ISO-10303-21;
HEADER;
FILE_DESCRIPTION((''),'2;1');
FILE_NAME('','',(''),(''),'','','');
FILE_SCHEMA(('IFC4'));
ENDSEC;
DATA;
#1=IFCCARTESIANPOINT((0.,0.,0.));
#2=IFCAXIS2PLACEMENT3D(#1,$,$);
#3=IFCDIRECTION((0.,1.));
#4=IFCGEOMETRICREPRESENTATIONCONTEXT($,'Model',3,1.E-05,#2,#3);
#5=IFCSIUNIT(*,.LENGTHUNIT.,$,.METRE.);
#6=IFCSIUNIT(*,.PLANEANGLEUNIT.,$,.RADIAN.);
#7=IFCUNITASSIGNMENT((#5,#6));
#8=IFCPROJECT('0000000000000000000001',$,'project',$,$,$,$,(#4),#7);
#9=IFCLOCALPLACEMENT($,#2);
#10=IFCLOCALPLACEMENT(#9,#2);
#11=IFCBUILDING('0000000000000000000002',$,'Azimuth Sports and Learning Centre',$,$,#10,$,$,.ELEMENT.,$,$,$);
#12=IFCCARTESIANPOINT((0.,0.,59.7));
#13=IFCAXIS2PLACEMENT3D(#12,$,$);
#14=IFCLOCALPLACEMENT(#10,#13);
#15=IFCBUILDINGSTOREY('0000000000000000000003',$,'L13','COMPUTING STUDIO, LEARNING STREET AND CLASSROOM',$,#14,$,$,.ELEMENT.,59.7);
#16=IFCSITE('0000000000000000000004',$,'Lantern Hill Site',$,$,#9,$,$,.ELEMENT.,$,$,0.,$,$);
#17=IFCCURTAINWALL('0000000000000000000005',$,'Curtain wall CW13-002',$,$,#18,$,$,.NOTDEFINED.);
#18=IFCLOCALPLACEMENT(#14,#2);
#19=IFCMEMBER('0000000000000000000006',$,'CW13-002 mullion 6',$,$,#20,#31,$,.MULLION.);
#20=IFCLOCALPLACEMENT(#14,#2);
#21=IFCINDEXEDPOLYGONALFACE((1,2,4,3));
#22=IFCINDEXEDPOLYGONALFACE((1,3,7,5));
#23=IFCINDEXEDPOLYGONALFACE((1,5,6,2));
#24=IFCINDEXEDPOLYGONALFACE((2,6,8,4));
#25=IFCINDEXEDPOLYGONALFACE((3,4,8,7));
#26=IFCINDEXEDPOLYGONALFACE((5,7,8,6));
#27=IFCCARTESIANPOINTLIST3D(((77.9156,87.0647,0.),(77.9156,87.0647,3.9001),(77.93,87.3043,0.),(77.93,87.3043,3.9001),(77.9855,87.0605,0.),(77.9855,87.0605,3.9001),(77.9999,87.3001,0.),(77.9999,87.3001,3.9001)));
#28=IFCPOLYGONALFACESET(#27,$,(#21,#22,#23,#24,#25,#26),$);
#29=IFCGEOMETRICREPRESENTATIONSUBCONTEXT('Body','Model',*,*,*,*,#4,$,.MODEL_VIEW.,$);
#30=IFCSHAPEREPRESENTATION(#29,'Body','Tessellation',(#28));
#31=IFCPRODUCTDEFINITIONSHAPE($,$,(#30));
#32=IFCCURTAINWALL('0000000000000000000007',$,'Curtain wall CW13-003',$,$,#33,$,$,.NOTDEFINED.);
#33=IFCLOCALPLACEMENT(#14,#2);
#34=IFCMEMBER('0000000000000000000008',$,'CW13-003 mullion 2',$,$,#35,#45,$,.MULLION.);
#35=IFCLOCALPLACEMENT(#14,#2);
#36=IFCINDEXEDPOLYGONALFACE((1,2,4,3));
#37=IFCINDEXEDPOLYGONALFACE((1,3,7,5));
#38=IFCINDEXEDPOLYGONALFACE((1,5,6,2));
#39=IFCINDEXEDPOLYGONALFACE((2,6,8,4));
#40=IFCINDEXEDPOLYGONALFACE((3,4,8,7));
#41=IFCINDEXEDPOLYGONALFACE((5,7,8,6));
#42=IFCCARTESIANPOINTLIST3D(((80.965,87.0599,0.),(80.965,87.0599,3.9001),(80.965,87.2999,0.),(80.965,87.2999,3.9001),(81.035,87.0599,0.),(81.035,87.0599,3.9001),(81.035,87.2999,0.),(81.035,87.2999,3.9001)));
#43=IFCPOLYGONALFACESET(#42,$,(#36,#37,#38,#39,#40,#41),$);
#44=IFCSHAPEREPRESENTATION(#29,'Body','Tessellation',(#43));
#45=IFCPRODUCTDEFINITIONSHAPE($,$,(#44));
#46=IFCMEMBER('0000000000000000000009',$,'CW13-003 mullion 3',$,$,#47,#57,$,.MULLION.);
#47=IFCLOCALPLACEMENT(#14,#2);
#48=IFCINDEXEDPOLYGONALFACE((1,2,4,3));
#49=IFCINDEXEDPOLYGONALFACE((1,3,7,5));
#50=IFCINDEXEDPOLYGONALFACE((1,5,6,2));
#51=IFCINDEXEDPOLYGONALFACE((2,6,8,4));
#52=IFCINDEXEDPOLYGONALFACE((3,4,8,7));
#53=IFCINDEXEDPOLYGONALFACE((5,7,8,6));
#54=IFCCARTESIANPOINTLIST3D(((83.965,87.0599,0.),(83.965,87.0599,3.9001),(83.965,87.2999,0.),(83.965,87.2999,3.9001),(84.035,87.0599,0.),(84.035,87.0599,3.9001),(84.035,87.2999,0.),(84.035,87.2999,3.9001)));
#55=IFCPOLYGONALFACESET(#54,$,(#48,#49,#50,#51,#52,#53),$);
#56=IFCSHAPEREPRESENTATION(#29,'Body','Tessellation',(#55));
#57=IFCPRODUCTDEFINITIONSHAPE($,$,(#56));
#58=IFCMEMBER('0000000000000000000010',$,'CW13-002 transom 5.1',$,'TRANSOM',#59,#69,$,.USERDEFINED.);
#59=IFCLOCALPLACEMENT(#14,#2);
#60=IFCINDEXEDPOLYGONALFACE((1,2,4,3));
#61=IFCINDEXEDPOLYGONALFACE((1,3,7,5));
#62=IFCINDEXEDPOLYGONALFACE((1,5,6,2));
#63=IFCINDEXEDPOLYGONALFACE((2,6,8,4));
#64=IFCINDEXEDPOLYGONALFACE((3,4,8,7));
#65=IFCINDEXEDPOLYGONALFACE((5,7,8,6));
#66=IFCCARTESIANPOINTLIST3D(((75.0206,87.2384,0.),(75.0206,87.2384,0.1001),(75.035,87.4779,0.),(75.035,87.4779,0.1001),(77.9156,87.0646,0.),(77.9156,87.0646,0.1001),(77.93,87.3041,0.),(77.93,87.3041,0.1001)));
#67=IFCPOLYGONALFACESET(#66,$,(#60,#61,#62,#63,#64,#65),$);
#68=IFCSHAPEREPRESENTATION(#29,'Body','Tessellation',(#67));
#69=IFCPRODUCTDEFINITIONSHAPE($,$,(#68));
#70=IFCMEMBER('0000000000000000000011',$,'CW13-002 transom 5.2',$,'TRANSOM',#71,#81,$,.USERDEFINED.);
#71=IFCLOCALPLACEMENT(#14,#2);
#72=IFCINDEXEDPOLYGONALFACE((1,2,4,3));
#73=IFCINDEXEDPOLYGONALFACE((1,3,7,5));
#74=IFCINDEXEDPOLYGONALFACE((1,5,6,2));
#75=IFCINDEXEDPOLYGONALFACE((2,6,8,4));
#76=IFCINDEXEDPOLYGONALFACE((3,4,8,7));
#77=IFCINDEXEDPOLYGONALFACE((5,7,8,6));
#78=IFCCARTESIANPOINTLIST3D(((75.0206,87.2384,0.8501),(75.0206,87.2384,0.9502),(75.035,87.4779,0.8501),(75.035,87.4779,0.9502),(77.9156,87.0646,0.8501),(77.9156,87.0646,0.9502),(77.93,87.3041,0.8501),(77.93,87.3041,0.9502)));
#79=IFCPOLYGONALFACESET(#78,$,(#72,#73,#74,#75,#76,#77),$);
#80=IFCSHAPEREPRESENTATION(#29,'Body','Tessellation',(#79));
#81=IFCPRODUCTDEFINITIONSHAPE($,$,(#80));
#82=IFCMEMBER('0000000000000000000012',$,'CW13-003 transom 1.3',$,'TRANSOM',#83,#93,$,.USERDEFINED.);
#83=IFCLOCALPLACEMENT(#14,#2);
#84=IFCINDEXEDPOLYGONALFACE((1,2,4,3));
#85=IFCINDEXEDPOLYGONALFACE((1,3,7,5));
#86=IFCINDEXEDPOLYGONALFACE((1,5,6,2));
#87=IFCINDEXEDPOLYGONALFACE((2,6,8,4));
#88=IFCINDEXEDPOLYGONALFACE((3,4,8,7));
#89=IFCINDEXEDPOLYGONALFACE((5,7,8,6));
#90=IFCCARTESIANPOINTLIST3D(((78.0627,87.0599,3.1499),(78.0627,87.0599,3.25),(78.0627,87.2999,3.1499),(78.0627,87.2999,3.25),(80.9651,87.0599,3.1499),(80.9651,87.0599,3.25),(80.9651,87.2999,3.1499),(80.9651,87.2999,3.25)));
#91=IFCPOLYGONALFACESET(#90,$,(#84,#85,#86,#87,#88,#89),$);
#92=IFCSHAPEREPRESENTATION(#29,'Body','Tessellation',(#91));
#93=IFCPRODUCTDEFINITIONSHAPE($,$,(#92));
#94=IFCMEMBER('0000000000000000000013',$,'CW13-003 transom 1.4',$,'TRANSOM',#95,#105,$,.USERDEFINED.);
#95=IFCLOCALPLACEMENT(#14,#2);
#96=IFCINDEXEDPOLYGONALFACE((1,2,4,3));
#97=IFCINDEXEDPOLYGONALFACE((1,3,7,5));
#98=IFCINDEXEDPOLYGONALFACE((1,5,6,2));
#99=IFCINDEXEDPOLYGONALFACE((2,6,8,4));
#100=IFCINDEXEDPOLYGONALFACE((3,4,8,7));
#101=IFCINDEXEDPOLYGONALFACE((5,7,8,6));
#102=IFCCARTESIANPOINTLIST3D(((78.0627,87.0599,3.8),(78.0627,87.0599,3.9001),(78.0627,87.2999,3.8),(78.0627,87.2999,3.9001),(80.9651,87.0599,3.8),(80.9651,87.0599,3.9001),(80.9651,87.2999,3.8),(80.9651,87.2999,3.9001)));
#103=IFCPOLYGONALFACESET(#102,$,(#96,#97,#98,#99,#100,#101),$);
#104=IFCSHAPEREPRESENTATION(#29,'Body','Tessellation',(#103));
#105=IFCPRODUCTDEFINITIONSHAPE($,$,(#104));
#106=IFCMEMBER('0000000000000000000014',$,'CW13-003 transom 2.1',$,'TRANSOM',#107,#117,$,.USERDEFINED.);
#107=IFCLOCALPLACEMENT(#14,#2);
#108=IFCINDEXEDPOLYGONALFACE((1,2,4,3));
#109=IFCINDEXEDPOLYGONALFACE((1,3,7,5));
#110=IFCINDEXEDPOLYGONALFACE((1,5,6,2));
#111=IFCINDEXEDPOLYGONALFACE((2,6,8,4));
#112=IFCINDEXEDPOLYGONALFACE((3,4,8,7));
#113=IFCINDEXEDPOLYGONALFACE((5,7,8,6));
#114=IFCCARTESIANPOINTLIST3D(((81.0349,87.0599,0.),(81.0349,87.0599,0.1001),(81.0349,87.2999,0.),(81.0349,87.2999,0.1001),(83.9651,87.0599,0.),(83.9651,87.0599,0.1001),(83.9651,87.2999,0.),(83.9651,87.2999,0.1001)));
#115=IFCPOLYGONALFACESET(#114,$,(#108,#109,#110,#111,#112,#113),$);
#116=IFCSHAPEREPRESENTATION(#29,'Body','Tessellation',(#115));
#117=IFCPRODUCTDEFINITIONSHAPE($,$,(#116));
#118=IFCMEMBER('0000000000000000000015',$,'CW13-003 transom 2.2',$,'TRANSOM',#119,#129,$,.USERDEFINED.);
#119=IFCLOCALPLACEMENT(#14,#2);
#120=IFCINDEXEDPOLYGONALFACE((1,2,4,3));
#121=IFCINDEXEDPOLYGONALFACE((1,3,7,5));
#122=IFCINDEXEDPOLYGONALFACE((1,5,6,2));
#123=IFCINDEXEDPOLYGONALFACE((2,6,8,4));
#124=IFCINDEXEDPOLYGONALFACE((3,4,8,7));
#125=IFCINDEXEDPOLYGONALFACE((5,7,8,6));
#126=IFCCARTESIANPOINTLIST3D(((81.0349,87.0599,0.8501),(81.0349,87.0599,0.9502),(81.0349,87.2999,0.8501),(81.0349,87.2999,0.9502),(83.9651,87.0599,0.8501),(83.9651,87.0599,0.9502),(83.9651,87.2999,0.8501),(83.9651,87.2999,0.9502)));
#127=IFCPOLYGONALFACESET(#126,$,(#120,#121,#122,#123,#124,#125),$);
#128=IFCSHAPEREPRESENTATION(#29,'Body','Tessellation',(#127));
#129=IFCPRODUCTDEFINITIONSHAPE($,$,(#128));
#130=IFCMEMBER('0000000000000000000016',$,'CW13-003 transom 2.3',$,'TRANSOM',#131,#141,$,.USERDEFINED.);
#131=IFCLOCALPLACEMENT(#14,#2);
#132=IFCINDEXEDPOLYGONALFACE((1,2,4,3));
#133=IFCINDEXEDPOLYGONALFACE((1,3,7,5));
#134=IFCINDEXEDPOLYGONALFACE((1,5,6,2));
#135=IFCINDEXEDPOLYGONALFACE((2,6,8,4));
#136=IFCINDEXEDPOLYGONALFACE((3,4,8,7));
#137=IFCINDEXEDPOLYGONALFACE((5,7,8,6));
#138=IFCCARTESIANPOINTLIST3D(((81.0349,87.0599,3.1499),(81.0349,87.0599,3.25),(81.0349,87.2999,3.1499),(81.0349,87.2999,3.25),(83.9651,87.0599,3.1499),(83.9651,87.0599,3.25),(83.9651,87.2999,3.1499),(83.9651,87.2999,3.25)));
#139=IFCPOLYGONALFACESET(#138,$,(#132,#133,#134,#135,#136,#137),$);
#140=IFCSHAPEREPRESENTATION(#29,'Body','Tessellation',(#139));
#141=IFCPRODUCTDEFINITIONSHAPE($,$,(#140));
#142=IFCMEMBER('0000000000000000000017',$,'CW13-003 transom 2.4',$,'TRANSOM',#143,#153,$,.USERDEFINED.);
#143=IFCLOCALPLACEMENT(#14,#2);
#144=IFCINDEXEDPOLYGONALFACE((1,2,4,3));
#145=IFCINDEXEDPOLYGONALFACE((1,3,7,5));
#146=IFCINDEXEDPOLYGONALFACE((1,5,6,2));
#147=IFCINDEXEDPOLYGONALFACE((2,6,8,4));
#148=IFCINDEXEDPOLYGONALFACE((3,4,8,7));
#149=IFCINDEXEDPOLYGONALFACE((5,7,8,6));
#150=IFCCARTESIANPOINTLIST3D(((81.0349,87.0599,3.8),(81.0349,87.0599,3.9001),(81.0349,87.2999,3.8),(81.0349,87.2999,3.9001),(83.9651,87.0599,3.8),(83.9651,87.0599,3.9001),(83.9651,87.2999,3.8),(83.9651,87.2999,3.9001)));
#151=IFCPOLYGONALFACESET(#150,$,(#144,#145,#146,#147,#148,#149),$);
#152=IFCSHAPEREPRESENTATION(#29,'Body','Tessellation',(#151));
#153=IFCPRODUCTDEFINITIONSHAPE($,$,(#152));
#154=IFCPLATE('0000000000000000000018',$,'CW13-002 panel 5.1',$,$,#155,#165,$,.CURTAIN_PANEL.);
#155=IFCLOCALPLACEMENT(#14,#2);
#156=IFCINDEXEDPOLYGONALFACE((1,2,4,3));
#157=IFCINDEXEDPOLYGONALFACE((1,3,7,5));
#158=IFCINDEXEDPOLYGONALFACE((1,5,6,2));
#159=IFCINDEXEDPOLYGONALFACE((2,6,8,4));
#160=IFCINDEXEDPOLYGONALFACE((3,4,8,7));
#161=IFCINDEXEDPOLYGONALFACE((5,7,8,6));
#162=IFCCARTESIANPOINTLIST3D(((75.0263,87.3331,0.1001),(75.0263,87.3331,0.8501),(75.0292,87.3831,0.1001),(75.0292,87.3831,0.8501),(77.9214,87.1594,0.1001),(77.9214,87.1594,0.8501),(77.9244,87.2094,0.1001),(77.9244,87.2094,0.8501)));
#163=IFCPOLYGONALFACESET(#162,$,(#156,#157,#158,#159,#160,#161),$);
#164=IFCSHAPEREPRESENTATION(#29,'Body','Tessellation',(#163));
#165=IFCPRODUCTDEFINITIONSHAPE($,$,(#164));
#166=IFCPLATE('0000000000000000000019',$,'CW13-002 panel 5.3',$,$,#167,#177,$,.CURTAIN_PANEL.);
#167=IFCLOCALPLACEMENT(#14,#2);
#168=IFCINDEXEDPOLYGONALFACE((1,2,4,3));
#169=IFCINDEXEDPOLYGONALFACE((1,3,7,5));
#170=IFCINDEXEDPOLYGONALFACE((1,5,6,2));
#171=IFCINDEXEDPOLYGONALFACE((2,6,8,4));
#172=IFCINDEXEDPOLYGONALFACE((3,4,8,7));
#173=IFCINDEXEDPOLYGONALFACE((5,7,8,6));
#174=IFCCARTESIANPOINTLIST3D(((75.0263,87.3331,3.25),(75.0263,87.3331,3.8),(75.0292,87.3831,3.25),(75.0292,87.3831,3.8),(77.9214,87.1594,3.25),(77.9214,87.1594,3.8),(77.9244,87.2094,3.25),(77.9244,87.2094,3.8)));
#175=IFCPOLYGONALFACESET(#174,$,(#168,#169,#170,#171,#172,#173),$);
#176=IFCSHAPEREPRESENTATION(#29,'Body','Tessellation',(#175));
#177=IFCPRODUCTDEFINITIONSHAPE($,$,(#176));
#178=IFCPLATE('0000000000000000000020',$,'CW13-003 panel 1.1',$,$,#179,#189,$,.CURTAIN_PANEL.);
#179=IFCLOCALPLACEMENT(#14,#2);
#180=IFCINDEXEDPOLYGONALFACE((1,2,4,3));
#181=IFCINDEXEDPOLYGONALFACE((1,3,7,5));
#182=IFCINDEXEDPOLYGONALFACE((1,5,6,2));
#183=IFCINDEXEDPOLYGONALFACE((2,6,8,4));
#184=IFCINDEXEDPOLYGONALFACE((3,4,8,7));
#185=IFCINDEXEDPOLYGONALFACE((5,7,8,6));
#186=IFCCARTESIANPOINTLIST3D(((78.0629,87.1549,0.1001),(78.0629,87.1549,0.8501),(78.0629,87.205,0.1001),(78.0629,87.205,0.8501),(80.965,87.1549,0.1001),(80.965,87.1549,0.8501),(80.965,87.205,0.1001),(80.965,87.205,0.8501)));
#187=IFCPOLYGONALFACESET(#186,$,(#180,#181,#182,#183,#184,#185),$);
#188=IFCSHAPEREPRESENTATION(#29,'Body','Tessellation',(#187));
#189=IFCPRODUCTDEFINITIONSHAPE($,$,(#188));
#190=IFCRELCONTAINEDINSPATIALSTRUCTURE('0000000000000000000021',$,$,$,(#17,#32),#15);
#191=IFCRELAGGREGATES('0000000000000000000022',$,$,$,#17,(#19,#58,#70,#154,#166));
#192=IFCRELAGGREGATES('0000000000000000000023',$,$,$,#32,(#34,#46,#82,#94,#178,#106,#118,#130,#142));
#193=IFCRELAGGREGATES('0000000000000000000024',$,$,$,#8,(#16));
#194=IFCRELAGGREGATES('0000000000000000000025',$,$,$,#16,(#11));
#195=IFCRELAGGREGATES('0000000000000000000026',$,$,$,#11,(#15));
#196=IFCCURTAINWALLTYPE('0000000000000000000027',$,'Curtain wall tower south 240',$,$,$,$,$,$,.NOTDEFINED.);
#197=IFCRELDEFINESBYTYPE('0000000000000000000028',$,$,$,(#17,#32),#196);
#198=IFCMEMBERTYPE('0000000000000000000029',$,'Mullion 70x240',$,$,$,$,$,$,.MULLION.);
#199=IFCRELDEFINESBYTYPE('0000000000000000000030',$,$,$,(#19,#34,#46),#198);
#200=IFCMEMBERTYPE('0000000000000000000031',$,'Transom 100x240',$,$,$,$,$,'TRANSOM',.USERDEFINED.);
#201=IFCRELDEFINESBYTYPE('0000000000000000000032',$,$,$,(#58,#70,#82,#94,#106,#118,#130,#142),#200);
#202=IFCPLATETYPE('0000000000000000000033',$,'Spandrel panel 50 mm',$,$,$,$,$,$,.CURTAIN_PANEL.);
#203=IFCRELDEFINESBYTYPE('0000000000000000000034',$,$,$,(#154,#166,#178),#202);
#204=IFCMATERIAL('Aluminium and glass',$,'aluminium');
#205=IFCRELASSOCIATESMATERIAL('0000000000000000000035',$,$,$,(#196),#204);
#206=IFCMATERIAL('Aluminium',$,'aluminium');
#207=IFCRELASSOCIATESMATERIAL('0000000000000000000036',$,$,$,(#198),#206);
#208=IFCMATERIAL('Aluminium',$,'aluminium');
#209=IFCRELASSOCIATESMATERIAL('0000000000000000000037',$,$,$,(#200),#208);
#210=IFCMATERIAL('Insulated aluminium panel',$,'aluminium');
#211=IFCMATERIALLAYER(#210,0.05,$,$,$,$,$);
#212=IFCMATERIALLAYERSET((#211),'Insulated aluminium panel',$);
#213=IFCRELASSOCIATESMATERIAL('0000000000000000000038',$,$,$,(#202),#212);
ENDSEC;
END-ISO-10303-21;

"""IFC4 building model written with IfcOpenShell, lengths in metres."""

from ifc_helpers import new_model, si_unit, direction, frame, origin, origin_2d, place, context, subcontext, project, spatial, rectangle, extrude, material, layer, layer_set, material_profile, profile_set, type_object, element, aggregate, save


model = new_model("IFC4")

# Units and contexts
model_context = context("Model", 3, precision=1e-05, world=origin(), true_north=direction((0.0, 1.0)))
body_context = subcontext(model_context, "Body", "Model", "MODEL_VIEW")
ifc_project = project(units=[si_unit("LENGTHUNIT", "METRE"), si_unit("PLANEANGLEUNIT", "RADIAN")], contexts=[model_context])

# Site, building, storey
site_placement = place(None, origin())
site = spatial("IfcSite", under=ifc_project, at=site_placement, Name="Lantern Hill Site", CompositionType="ELEMENT", RefElevation=0.0)
building_placement = place(site_placement, origin())
building = spatial("IfcBuilding", under=site, at=building_placement, Name="Azimuth Sports and Learning Centre", CompositionType="ELEMENT")
storey_placement = place(building_placement, frame((0.0, 0.0, 59.7)))
storey = spatial("IfcBuildingStorey", under=building, at=storey_placement, Name="L13", Description="COMPUTING STUDIO, LEARNING STREET AND CLASSROOM", CompositionType="ELEMENT", Elevation=59.7)

# Curtain wall, member
ifc_material_1 = material(Name="Aluminium and glass", Category="aluminium")
curtain_wall_type = type_object("IfcCurtainWallType", Name="Curtain wall tower south 240", PredefinedType="NOTDEFINED", material=ifc_material_1)
curtain_wall_1_placement = place(storey_placement, origin())
curtain_wall_1 = element("IfcCurtainWall", 1, at=curtain_wall_1_placement, inside=storey, type_object=curtain_wall_type, Name="Curtain wall CW13-002", PredefinedType="NOTDEFINED")
ifc_material_2 = material(Name="Aluminium", Category="aluminium")
ifc_material_profile_1 = material_profile(ifc_material_2, rectangle(XDim=0.24, YDim=0.0701, at=origin_2d()), Name="Mullion 70x240")
ifc_profile_set_1 = profile_set([ifc_material_profile_1], Name="Aluminium")
member_type_1 = type_object("IfcMemberType", Name="Mullion 70x240", PredefinedType="MULLION", material=ifc_profile_set_1)
member_1_placement = place(storey_placement, frame((77.9578, 87.1824, 0.0), z_axis=(0.0, 0.0, 1.0), x_axis=(0.059892, 0.998205, 0.0)))
member_1 = element("IfcMember", 2, at=member_1_placement, type_object=member_type_1, Name="CW13-002 mullion 6", PredefinedType="MULLION", context=body_context, shape_type="SweptSolid", body=[
    extrude(rectangle(XDim=0.24, YDim=0.0701, at=origin_2d()), origin(), (0.0, 0.0, 1.0), 3.9001),
])

# Curtain wall, members
curtain_wall_2_placement = place(storey_placement, origin())
curtain_wall_2 = element("IfcCurtainWall", 3, at=curtain_wall_2_placement, inside=storey, type_object=curtain_wall_type, Name="Curtain wall CW13-003", PredefinedType="NOTDEFINED")
member_2_placement = place(storey_placement, frame((81.0, 87.1799, 0.0), z_axis=(0.0, 0.0, 1.0), x_axis=(0.0, 1.0, 0.0)))
member_2 = element("IfcMember", 4, at=member_2_placement, type_object=member_type_1, Name="CW13-003 mullion 2", PredefinedType="MULLION", context=body_context, shape_type="SweptSolid", body=[
    extrude(rectangle(XDim=0.24, YDim=0.0701, at=origin_2d()), origin(), (0.0, 0.0, 1.0), 3.9001),
])
member_3_placement = place(storey_placement, frame((84.0, 87.1799, 0.0), z_axis=(0.0, 0.0, 1.0), x_axis=(0.0, 1.0, 0.0)))
member_3 = element("IfcMember", 5, at=member_3_placement, type_object=member_type_1, Name="CW13-003 mullion 3", PredefinedType="MULLION", context=body_context, shape_type="SweptSolid", body=[
    extrude(rectangle(XDim=0.24, YDim=0.0701, at=origin_2d()), origin(), (0.0, 0.0, 1.0), 3.9001),
])

# Members
ifc_material_3 = material(Name="Aluminium", Category="aluminium")
ifc_material_profile_2 = material_profile(ifc_material_3, rectangle(XDim=0.24, YDim=0.1001, at=origin_2d()), Name="Transom 100x240")
ifc_profile_set_2 = profile_set([ifc_material_profile_2], Name="Aluminium")
member_type_2 = type_object("IfcMemberType", Name="Transom 100x240", ElementType="TRANSOM", PredefinedType="USERDEFINED", material=ifc_profile_set_2)
member_4_placement = place(storey_placement, frame((75.0278, 87.3582, 0.05), z_axis=(0.998202, -0.059936, 0.0), x_axis=(0.059936, 0.998202, 0.0)))
member_4 = element("IfcMember", 6, at=member_4_placement, type_object=member_type_2, Name="CW13-002 transom 5.1", ObjectType="TRANSOM", PredefinedType="USERDEFINED", context=body_context, shape_type="SweptSolid", body=[
    extrude(rectangle(XDim=0.24, YDim=0.1001, at=origin_2d()), origin(), (0.0, 0.0, 1.0), 2.9001),
])
member_5_placement = place(storey_placement, frame((75.0278, 87.3582, 0.9001), z_axis=(0.998202, -0.059936, 0.0), x_axis=(0.059936, 0.998202, 0.0)))
member_5 = element("IfcMember", 7, at=member_5_placement, type_object=member_type_2, Name="CW13-002 transom 5.2", ObjectType="TRANSOM", PredefinedType="USERDEFINED", context=body_context, shape_type="SweptSolid", body=[
    extrude(rectangle(XDim=0.24, YDim=0.1001, at=origin_2d()), origin(), (0.0, 0.0, 1.0), 2.9001),
])
member_6_placement = place(storey_placement, frame((78.0627, 87.1799, 3.2), z_axis=(1.0, 0.0, 0.0), x_axis=(0.0, 1.0, 0.0)))
member_6 = element("IfcMember", 8, at=member_6_placement, type_object=member_type_2, Name="CW13-003 transom 1.3", ObjectType="TRANSOM", PredefinedType="USERDEFINED", context=body_context, shape_type="SweptSolid", body=[
    extrude(rectangle(XDim=0.24, YDim=0.1001, at=origin_2d()), origin(), (0.0, 0.0, 1.0), 2.9023),
])
member_7_placement = place(storey_placement, frame((78.0627, 87.1799, 3.8501), z_axis=(1.0, 0.0, 0.0), x_axis=(0.0, 1.0, 0.0)))
member_7 = element("IfcMember", 9, at=member_7_placement, type_object=member_type_2, Name="CW13-003 transom 1.4", ObjectType="TRANSOM", PredefinedType="USERDEFINED", context=body_context, shape_type="SweptSolid", body=[
    extrude(rectangle(XDim=0.24, YDim=0.1001, at=origin_2d()), origin(), (0.0, 0.0, 1.0), 2.9023),
])
member_8_placement = place(storey_placement, frame((81.0349, 87.1799, 0.05), z_axis=(1.0, 0.0, 0.0), x_axis=(0.0, 1.0, 0.0)))
member_8 = element("IfcMember", 10, at=member_8_placement, type_object=member_type_2, Name="CW13-003 transom 2.1", ObjectType="TRANSOM", PredefinedType="USERDEFINED", context=body_context, shape_type="SweptSolid", body=[
    extrude(rectangle(XDim=0.24, YDim=0.1001, at=origin_2d()), origin(), (0.0, 0.0, 1.0), 2.9302),
])
member_9_placement = place(storey_placement, frame((81.0349, 87.1799, 0.9001), z_axis=(1.0, 0.0, 0.0), x_axis=(0.0, 1.0, 0.0)))
member_9 = element("IfcMember", 11, at=member_9_placement, type_object=member_type_2, Name="CW13-003 transom 2.2", ObjectType="TRANSOM", PredefinedType="USERDEFINED", context=body_context, shape_type="SweptSolid", body=[
    extrude(rectangle(XDim=0.24, YDim=0.1001, at=origin_2d()), origin(), (0.0, 0.0, 1.0), 2.9302),
])
member_10_placement = place(storey_placement, frame((81.0349, 87.1799, 3.2), z_axis=(1.0, 0.0, 0.0), x_axis=(0.0, 1.0, 0.0)))
member_10 = element("IfcMember", 12, at=member_10_placement, type_object=member_type_2, Name="CW13-003 transom 2.3", ObjectType="TRANSOM", PredefinedType="USERDEFINED", context=body_context, shape_type="SweptSolid", body=[
    extrude(rectangle(XDim=0.24, YDim=0.1001, at=origin_2d()), origin(), (0.0, 0.0, 1.0), 2.9302),
])
member_11_placement = place(storey_placement, frame((81.0349, 87.1799, 3.8501), z_axis=(1.0, 0.0, 0.0), x_axis=(0.0, 1.0, 0.0)))
member_11 = element("IfcMember", 13, at=member_11_placement, type_object=member_type_2, Name="CW13-003 transom 2.4", ObjectType="TRANSOM", PredefinedType="USERDEFINED", context=body_context, shape_type="SweptSolid", body=[
    extrude(rectangle(XDim=0.24, YDim=0.1001, at=origin_2d()), origin(), (0.0, 0.0, 1.0), 2.9302),
])

# Plates
ifc_material_4 = material(Name="Insulated aluminium panel", Category="aluminium")
ifc_layer_1 = layer(ifc_material_4, 0.05)
ifc_layer_set_1 = layer_set([ifc_layer_1], Name="Insulated aluminium panel")
plate_type_1 = type_object("IfcPlateType", Name="Spandrel panel 50 mm", PredefinedType="CURTAIN_PANEL", material=ifc_layer_set_1)
plate_1_placement = place(storey_placement, frame((76.4753, 87.2712, 0.1001), z_axis=(0.0, 0.0, 1.0), x_axis=(0.998205, -0.059892, 0.0)))
plate_1 = element("IfcPlate", 14, at=plate_1_placement, type_object=plate_type_1, Name="CW13-002 panel 5.1", PredefinedType="CURTAIN_PANEL", context=body_context, shape_type="SweptSolid", body=[
    extrude(rectangle(XDim=2.9004, YDim=0.05, at=origin_2d()), origin(), (0.0, 0.0, 1.0), 0.75),
])
plate_2_placement = place(storey_placement, frame((76.4753, 87.2712, 3.25), z_axis=(0.0, 0.0, 1.0), x_axis=(0.998205, -0.059892, 0.0)))
plate_2 = element("IfcPlate", 15, at=plate_2_placement, type_object=plate_type_1, Name="CW13-002 panel 5.3", PredefinedType="CURTAIN_PANEL", context=body_context, shape_type="SweptSolid", body=[
    extrude(rectangle(XDim=2.9004, YDim=0.05, at=origin_2d()), origin(), (0.0, 0.0, 1.0), 0.55),
])
plate_3_placement = place(storey_placement, frame((79.5139, 87.1799, 0.1001), z_axis=(0.0, 0.0, 1.0), x_axis=(1.0, 0.0, 0.0)))
plate_3 = element("IfcPlate", 16, at=plate_3_placement, type_object=plate_type_1, Name="CW13-003 panel 1.1", PredefinedType="CURTAIN_PANEL", context=body_context, shape_type="SweptSolid", body=[
    extrude(rectangle(XDim=2.9021, YDim=0.05, at=origin_2d()), origin(), (0.0, 0.0, 1.0), 0.75),
])
aggregate(curtain_wall_1, [member_1, member_4, member_5, plate_1, plate_2])
aggregate(curtain_wall_2, [member_2, member_3, member_6, member_7, plate_3, member_8, member_9, member_10, member_11])

save(model, "model.ifc")
